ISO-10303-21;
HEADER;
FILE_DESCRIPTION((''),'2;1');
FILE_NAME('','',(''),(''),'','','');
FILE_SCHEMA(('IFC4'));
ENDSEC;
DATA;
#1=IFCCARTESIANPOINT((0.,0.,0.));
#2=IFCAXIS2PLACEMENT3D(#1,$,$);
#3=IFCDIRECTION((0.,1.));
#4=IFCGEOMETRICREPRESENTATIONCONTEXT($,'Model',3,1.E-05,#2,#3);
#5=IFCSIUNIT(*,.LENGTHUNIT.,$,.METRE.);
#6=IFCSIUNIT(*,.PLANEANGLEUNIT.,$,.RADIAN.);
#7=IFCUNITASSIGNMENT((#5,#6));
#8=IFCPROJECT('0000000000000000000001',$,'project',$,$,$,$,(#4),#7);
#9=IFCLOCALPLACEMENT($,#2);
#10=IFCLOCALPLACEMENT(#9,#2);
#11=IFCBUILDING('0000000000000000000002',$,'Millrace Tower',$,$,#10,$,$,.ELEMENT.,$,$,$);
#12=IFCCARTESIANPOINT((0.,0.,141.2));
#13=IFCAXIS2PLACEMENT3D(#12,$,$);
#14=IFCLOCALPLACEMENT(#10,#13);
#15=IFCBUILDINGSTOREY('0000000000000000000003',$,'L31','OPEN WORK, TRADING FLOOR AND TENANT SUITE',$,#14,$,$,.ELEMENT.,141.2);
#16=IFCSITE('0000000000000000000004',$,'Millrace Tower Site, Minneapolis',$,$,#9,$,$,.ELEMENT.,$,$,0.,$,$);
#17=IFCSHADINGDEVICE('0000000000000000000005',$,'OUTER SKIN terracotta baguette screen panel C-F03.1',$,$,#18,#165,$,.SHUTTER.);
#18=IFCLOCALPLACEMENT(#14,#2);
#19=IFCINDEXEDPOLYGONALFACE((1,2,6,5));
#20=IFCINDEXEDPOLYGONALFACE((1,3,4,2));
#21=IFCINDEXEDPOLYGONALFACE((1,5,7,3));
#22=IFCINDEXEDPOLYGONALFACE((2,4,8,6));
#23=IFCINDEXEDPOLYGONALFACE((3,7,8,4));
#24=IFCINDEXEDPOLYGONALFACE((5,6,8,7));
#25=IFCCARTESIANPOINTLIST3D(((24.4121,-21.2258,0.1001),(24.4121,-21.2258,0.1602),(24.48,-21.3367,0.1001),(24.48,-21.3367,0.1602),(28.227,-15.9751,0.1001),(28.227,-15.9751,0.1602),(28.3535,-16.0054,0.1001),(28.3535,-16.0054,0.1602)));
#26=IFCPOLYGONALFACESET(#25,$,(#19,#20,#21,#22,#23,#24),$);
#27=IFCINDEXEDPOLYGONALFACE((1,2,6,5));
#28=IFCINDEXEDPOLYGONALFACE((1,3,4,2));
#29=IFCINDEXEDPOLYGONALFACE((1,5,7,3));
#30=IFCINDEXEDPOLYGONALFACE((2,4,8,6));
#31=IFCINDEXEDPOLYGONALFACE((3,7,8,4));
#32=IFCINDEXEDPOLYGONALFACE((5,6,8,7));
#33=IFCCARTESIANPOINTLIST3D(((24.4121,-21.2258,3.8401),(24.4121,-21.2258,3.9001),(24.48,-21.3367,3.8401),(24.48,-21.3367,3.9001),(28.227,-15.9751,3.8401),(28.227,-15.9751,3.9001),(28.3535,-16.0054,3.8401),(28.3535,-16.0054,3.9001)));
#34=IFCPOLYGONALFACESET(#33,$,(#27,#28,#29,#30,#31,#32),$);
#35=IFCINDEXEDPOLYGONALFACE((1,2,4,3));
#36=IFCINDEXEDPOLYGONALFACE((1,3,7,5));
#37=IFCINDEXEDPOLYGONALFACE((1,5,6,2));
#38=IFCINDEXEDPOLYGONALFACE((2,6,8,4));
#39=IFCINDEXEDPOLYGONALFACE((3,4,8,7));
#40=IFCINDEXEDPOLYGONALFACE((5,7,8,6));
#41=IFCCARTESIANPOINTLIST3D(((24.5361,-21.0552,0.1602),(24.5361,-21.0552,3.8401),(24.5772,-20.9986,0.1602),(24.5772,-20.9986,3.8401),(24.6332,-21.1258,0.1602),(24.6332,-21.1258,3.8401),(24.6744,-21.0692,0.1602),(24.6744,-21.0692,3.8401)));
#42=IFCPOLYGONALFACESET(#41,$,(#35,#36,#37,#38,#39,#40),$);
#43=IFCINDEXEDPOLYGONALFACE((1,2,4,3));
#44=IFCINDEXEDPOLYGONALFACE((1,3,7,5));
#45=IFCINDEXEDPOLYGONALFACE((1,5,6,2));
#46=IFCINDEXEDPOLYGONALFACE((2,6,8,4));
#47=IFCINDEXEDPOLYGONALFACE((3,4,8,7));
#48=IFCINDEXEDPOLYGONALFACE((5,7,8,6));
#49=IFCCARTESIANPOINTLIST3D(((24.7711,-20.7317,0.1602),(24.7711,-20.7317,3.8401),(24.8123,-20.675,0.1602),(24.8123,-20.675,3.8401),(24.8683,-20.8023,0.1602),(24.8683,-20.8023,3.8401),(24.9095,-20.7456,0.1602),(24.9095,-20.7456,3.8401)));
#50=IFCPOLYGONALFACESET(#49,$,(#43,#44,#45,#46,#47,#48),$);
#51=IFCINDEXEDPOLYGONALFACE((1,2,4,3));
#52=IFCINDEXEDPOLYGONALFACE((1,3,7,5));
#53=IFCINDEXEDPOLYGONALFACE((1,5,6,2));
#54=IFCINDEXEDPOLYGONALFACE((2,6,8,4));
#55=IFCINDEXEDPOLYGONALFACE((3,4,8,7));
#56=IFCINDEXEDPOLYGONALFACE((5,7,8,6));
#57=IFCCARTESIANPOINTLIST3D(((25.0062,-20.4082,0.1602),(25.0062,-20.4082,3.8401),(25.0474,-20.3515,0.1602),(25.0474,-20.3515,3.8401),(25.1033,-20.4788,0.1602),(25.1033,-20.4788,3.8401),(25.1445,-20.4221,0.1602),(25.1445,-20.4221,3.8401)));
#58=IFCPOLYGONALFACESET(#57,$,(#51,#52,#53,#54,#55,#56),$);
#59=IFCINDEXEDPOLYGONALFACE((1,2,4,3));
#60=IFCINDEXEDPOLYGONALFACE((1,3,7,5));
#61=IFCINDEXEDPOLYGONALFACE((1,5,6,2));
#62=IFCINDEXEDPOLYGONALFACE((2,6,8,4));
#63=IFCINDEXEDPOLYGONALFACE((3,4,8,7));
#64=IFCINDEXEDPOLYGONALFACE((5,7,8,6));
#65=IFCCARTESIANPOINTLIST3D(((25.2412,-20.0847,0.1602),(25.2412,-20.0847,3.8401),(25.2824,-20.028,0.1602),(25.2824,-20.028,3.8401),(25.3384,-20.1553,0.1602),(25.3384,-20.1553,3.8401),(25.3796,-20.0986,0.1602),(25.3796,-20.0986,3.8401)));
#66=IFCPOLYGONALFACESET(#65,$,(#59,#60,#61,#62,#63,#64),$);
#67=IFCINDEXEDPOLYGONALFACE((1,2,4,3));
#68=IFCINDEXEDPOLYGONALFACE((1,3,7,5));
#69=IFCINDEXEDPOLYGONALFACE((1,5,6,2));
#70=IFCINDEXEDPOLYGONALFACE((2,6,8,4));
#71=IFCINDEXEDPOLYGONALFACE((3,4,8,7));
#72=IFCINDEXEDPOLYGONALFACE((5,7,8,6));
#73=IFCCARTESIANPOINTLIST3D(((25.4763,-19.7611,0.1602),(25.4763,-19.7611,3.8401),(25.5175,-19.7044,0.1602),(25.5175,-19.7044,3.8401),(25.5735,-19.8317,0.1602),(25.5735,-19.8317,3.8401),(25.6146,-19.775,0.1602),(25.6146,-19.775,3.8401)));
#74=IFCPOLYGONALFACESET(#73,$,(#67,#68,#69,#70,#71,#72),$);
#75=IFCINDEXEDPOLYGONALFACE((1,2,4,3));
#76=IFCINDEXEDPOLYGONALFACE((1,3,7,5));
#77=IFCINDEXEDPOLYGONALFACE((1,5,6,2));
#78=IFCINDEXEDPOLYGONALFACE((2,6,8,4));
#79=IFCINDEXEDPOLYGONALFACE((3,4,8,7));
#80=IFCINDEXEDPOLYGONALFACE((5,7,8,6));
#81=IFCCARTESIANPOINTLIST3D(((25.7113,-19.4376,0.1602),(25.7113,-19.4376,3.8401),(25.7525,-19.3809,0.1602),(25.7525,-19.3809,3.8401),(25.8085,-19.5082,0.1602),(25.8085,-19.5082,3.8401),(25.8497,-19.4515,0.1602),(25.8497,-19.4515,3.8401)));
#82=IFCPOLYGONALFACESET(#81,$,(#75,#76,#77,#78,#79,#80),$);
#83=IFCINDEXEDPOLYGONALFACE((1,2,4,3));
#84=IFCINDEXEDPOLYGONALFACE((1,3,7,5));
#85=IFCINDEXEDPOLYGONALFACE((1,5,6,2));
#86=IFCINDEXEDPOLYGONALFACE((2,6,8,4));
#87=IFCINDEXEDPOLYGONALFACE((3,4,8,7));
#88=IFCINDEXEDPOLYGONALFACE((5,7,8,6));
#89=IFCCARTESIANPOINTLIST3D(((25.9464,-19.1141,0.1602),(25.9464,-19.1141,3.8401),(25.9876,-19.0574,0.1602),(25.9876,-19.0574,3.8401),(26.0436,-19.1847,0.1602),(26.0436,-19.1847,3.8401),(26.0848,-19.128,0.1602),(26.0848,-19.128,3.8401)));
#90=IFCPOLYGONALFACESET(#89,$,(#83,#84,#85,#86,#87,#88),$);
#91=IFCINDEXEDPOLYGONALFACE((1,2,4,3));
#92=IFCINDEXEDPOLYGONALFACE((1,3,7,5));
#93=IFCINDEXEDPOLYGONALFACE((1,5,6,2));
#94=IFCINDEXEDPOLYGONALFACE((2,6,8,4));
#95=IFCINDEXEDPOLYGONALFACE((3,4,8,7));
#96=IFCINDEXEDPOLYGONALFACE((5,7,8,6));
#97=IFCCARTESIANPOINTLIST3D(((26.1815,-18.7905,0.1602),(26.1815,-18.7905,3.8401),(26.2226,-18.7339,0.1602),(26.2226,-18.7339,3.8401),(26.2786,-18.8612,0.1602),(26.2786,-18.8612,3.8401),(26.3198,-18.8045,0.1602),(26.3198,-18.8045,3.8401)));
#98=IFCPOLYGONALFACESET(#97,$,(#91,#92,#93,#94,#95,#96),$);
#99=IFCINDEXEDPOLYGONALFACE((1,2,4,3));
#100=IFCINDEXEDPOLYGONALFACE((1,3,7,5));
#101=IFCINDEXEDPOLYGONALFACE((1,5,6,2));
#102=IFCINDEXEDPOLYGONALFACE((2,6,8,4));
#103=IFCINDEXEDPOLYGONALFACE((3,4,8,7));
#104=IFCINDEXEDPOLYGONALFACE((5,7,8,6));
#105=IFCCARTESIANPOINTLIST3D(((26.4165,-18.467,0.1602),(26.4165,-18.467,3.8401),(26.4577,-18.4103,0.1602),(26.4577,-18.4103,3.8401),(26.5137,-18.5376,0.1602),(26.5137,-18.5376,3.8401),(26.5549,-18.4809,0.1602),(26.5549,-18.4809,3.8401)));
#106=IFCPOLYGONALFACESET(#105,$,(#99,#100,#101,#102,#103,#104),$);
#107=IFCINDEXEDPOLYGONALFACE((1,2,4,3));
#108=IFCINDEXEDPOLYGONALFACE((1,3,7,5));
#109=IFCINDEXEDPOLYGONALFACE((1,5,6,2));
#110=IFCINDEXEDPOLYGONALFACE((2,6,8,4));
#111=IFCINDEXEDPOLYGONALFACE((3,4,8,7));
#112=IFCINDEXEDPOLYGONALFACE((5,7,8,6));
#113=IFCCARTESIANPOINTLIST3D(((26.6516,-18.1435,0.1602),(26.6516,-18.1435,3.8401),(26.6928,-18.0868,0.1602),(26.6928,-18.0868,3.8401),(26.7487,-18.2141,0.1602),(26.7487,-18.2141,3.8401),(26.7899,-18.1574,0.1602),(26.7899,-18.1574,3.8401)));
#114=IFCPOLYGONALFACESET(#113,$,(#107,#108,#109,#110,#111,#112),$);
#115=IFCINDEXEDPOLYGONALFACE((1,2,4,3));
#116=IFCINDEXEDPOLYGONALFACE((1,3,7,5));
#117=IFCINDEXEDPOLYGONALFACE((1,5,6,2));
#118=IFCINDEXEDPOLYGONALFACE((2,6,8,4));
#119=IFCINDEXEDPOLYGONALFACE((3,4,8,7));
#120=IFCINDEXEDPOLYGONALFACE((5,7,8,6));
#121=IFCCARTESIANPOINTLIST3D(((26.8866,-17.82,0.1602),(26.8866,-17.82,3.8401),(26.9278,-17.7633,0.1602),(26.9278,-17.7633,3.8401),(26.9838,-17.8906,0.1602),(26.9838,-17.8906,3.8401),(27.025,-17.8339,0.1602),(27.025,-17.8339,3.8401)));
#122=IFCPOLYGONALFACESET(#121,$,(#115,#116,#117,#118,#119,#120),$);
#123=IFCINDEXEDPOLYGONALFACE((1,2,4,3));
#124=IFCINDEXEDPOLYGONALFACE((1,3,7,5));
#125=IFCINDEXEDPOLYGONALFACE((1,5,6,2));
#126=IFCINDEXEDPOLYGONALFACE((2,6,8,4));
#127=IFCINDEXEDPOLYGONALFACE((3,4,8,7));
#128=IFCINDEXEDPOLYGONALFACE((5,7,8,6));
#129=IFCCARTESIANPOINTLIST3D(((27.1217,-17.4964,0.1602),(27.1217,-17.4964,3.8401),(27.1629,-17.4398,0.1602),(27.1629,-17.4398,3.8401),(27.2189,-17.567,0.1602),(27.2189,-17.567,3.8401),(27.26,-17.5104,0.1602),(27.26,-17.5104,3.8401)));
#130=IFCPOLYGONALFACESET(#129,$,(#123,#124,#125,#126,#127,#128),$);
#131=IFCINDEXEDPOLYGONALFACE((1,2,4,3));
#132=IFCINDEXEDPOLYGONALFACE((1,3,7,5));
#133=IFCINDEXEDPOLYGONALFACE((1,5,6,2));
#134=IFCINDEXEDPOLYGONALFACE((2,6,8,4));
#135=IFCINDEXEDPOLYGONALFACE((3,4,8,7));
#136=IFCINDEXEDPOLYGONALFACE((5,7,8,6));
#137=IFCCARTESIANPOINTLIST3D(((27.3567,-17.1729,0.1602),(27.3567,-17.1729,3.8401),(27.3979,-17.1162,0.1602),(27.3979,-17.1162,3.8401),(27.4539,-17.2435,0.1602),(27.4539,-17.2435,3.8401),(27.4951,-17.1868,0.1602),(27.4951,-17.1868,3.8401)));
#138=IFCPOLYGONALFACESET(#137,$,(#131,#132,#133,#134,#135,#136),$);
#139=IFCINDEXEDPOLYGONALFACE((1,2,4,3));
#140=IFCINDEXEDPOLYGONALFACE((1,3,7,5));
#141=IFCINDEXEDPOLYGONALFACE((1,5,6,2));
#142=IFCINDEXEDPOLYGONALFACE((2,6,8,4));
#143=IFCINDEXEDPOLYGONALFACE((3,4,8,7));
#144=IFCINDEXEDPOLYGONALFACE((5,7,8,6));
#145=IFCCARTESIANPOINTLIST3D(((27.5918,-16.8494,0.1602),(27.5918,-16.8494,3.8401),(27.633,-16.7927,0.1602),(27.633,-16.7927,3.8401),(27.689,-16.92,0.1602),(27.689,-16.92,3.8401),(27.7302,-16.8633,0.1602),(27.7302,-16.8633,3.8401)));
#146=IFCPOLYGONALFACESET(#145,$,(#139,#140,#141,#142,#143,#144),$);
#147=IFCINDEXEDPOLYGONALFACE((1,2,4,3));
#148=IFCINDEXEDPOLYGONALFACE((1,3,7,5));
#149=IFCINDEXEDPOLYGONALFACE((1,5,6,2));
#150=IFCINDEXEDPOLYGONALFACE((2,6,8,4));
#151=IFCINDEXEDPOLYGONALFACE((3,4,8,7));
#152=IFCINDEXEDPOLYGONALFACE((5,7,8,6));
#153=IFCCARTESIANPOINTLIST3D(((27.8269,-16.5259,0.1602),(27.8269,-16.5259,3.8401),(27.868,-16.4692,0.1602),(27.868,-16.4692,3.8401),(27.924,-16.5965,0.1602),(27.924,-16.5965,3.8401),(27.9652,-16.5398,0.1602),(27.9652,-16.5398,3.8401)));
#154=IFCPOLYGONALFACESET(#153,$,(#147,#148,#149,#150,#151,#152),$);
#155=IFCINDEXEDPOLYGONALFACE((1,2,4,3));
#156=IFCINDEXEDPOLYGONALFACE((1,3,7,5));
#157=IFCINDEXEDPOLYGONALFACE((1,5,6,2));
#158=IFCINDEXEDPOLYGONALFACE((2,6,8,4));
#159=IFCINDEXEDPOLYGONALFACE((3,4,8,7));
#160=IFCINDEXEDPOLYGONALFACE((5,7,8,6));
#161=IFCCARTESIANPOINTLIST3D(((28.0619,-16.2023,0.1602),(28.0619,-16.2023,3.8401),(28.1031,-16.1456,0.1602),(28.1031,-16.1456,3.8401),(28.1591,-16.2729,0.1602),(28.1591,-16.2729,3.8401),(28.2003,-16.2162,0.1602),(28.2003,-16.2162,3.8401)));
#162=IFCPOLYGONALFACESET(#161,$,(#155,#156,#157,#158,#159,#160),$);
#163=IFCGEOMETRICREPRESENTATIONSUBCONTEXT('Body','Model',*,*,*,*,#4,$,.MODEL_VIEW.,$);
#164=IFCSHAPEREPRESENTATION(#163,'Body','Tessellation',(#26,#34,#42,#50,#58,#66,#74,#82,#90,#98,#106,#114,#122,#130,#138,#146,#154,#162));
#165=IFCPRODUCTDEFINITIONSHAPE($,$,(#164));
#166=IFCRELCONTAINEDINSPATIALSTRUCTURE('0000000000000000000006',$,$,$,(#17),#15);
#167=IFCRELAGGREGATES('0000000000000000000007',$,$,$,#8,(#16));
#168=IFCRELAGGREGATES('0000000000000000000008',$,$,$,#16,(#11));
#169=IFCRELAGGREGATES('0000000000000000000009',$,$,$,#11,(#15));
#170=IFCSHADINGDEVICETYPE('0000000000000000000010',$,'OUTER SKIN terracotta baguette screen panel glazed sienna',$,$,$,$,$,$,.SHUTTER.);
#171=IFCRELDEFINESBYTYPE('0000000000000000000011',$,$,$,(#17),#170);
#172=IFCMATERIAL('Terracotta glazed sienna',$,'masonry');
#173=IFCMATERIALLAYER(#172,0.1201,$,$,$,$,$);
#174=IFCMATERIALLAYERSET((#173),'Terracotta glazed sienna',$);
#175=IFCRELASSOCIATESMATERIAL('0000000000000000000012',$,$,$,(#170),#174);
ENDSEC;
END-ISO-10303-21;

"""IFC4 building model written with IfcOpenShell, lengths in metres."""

from ifc_helpers import new_model, entity, si_unit, direction, frame, frame_2d, origin, place, context, subcontext, project, spatial, rectangle, extrude, source, transform, mapped, material, layer, layer_set, type_object, element, save


model = new_model("IFC4")

# Units and contexts
model_context = context("Model", 3, precision=1e-05, world=origin(), true_north=direction((0.0, 1.0)))
body_context = subcontext(model_context, "Body", "Model", "MODEL_VIEW")
ifc_project = project(units=[si_unit("LENGTHUNIT", "METRE"), si_unit("PLANEANGLEUNIT", "RADIAN")], contexts=[model_context])

# Site, building, storey
site_placement = place(None, origin())
site = spatial("IfcSite", under=ifc_project, at=site_placement, Name="Millrace Tower Site, Minneapolis", CompositionType="ELEMENT", RefElevation=0.0)
building_placement = place(site_placement, origin())
building = spatial("IfcBuilding", under=site, at=building_placement, Name="Millrace Tower", CompositionType="ELEMENT")
storey_placement = place(building_placement, frame((0.0, 0.0, 141.2)))
storey = spatial("IfcBuildingStorey", under=building, at=storey_placement, Name="L31", Description="OPEN WORK, TRADING FLOOR AND TENANT SUITE", CompositionType="ELEMENT", Elevation=141.2)

# Shading device
ifc_material_1 = material(Name="Terracotta glazed sienna", Category="masonry")
ifc_layer_1 = layer(ifc_material_1, 0.1201)
ifc_layer_set_1 = layer_set([ifc_layer_1], Name="Terracotta glazed sienna")
shading_device_type = type_object("IfcShadingDeviceType", Name="OUTER SKIN terracotta baguette screen panel glazed sienna", PredefinedType="SHUTTER", material=ifc_layer_set_1)
cartesian_point_1 = entity("IfcCartesianPoint", [-3.2451, 0.0601])
shared_polyline_1 = entity("IfcPolyline", [cartesian_point_1, entity("IfcCartesianPoint", [3.2451, 0.0601]), entity("IfcCartesianPoint", [3.2949, -0.0601]), entity("IfcCartesianPoint", [-3.2949, -0.0601]), cartesian_point_1])
shared_shape_1 = source(origin(), body_context, "Body", "SweptSolid", [
    entity("IfcExtrudedAreaSolid", entity("IfcArbitraryClosedProfileDef", "AREA", None, shared_polyline_1), entity("IfcAxis2Placement3D", entity("IfcCartesianPoint", [0.0, 0.0, 0.0])), entity("IfcDirection", [0.0, 0.0, 1.0]), 0.0601),
    entity("IfcExtrudedAreaSolid", entity("IfcArbitraryClosedProfileDef", "AREA", None, shared_polyline_1), entity("IfcAxis2Placement3D", entity("IfcCartesianPoint", [0.0, 0.0, 3.74])), entity("IfcDirection", [0.0, 0.0, 1.0]), 0.0601),
    extrude(rectangle(XDim=0.0701, YDim=0.1201, at=frame_2d((-2.9993, 0.0))), frame((0.0, 0.0, 0.0601)), (0.0, 0.0, 1.0), 3.6799),
    extrude(rectangle(XDim=0.0701, YDim=0.1201, at=frame_2d((-2.5994, 0.0))), frame((0.0, 0.0, 0.0601)), (0.0, 0.0, 1.0), 3.6799),
    extrude(rectangle(XDim=0.0701, YDim=0.1201, at=frame_2d((-2.1995, 0.0))), frame((0.0, 0.0, 0.0601)), (0.0, 0.0, 1.0), 3.6799),
    extrude(rectangle(XDim=0.0701, YDim=0.1201, at=frame_2d((-1.7996, 0.0))), frame((0.0, 0.0, 0.0601)), (0.0, 0.0, 1.0), 3.6799),
    extrude(rectangle(XDim=0.0701, YDim=0.1201, at=frame_2d((-1.3997, 0.0))), frame((0.0, 0.0, 0.0601)), (0.0, 0.0, 1.0), 3.6799),
    extrude(rectangle(XDim=0.0701, YDim=0.1201, at=frame_2d((-0.9998, 0.0))), frame((0.0, 0.0, 0.0601)), (0.0, 0.0, 1.0), 3.6799),
    extrude(rectangle(XDim=0.0701, YDim=0.1201, at=frame_2d((-0.5999, 0.0))), frame((0.0, 0.0, 0.0601)), (0.0, 0.0, 1.0), 3.6799),
    extrude(rectangle(XDim=0.0701, YDim=0.1201, at=frame_2d((-0.2, 0.0))), frame((0.0, 0.0, 0.0601)), (0.0, 0.0, 1.0), 3.6799),
    extrude(rectangle(XDim=0.0701, YDim=0.1201, at=frame_2d((0.2, 0.0))), frame((0.0, 0.0, 0.0601)), (0.0, 0.0, 1.0), 3.6799),
    extrude(rectangle(XDim=0.0701, YDim=0.1201, at=frame_2d((0.5999, 0.0))), frame((0.0, 0.0, 0.0601)), (0.0, 0.0, 1.0), 3.6799),
    extrude(rectangle(XDim=0.0701, YDim=0.1201, at=frame_2d((0.9998, 0.0))), frame((0.0, 0.0, 0.0601)), (0.0, 0.0, 1.0), 3.6799),
    extrude(rectangle(XDim=0.0701, YDim=0.1201, at=frame_2d((1.3997, 0.0))), frame((0.0, 0.0, 0.0601)), (0.0, 0.0, 1.0), 3.6799),
    extrude(rectangle(XDim=0.0701, YDim=0.1201, at=frame_2d((1.7996, 0.0))), frame((0.0, 0.0, 0.0601)), (0.0, 0.0, 1.0), 3.6799),
    extrude(rectangle(XDim=0.0701, YDim=0.1201, at=frame_2d((2.1995, 0.0))), frame((0.0, 0.0, 0.0601)), (0.0, 0.0, 1.0), 3.6799),
    extrude(rectangle(XDim=0.0701, YDim=0.1201, at=frame_2d((2.5994, 0.0))), frame((0.0, 0.0, 0.0601)), (0.0, 0.0, 1.0), 3.6799),
    extrude(rectangle(XDim=0.0701, YDim=0.1201, at=frame_2d((2.9993, 0.0))), frame((0.0, 0.0, 0.0601)), (0.0, 0.0, 1.0), 3.6799),
])
shading_device_1_placement = place(storey_placement, frame((26.3682, -18.6357, 0.1001), z_axis=(0.0, 0.0, 1.0), x_axis=(0.587785, 0.809017, 0.0)))
element("IfcShadingDevice", 1, at=shading_device_1_placement, inside=storey, type_object=shading_device_type, Name="OUTER SKIN terracotta baguette screen panel C-F03.1", PredefinedType="SHUTTER", context=body_context, shape_type="MappedRepresentation", body=[
    mapped(shared_shape_1, transform((0.0, 0.0, 0.0), scale=1.0)),
])

save(model, "model.ifc")
